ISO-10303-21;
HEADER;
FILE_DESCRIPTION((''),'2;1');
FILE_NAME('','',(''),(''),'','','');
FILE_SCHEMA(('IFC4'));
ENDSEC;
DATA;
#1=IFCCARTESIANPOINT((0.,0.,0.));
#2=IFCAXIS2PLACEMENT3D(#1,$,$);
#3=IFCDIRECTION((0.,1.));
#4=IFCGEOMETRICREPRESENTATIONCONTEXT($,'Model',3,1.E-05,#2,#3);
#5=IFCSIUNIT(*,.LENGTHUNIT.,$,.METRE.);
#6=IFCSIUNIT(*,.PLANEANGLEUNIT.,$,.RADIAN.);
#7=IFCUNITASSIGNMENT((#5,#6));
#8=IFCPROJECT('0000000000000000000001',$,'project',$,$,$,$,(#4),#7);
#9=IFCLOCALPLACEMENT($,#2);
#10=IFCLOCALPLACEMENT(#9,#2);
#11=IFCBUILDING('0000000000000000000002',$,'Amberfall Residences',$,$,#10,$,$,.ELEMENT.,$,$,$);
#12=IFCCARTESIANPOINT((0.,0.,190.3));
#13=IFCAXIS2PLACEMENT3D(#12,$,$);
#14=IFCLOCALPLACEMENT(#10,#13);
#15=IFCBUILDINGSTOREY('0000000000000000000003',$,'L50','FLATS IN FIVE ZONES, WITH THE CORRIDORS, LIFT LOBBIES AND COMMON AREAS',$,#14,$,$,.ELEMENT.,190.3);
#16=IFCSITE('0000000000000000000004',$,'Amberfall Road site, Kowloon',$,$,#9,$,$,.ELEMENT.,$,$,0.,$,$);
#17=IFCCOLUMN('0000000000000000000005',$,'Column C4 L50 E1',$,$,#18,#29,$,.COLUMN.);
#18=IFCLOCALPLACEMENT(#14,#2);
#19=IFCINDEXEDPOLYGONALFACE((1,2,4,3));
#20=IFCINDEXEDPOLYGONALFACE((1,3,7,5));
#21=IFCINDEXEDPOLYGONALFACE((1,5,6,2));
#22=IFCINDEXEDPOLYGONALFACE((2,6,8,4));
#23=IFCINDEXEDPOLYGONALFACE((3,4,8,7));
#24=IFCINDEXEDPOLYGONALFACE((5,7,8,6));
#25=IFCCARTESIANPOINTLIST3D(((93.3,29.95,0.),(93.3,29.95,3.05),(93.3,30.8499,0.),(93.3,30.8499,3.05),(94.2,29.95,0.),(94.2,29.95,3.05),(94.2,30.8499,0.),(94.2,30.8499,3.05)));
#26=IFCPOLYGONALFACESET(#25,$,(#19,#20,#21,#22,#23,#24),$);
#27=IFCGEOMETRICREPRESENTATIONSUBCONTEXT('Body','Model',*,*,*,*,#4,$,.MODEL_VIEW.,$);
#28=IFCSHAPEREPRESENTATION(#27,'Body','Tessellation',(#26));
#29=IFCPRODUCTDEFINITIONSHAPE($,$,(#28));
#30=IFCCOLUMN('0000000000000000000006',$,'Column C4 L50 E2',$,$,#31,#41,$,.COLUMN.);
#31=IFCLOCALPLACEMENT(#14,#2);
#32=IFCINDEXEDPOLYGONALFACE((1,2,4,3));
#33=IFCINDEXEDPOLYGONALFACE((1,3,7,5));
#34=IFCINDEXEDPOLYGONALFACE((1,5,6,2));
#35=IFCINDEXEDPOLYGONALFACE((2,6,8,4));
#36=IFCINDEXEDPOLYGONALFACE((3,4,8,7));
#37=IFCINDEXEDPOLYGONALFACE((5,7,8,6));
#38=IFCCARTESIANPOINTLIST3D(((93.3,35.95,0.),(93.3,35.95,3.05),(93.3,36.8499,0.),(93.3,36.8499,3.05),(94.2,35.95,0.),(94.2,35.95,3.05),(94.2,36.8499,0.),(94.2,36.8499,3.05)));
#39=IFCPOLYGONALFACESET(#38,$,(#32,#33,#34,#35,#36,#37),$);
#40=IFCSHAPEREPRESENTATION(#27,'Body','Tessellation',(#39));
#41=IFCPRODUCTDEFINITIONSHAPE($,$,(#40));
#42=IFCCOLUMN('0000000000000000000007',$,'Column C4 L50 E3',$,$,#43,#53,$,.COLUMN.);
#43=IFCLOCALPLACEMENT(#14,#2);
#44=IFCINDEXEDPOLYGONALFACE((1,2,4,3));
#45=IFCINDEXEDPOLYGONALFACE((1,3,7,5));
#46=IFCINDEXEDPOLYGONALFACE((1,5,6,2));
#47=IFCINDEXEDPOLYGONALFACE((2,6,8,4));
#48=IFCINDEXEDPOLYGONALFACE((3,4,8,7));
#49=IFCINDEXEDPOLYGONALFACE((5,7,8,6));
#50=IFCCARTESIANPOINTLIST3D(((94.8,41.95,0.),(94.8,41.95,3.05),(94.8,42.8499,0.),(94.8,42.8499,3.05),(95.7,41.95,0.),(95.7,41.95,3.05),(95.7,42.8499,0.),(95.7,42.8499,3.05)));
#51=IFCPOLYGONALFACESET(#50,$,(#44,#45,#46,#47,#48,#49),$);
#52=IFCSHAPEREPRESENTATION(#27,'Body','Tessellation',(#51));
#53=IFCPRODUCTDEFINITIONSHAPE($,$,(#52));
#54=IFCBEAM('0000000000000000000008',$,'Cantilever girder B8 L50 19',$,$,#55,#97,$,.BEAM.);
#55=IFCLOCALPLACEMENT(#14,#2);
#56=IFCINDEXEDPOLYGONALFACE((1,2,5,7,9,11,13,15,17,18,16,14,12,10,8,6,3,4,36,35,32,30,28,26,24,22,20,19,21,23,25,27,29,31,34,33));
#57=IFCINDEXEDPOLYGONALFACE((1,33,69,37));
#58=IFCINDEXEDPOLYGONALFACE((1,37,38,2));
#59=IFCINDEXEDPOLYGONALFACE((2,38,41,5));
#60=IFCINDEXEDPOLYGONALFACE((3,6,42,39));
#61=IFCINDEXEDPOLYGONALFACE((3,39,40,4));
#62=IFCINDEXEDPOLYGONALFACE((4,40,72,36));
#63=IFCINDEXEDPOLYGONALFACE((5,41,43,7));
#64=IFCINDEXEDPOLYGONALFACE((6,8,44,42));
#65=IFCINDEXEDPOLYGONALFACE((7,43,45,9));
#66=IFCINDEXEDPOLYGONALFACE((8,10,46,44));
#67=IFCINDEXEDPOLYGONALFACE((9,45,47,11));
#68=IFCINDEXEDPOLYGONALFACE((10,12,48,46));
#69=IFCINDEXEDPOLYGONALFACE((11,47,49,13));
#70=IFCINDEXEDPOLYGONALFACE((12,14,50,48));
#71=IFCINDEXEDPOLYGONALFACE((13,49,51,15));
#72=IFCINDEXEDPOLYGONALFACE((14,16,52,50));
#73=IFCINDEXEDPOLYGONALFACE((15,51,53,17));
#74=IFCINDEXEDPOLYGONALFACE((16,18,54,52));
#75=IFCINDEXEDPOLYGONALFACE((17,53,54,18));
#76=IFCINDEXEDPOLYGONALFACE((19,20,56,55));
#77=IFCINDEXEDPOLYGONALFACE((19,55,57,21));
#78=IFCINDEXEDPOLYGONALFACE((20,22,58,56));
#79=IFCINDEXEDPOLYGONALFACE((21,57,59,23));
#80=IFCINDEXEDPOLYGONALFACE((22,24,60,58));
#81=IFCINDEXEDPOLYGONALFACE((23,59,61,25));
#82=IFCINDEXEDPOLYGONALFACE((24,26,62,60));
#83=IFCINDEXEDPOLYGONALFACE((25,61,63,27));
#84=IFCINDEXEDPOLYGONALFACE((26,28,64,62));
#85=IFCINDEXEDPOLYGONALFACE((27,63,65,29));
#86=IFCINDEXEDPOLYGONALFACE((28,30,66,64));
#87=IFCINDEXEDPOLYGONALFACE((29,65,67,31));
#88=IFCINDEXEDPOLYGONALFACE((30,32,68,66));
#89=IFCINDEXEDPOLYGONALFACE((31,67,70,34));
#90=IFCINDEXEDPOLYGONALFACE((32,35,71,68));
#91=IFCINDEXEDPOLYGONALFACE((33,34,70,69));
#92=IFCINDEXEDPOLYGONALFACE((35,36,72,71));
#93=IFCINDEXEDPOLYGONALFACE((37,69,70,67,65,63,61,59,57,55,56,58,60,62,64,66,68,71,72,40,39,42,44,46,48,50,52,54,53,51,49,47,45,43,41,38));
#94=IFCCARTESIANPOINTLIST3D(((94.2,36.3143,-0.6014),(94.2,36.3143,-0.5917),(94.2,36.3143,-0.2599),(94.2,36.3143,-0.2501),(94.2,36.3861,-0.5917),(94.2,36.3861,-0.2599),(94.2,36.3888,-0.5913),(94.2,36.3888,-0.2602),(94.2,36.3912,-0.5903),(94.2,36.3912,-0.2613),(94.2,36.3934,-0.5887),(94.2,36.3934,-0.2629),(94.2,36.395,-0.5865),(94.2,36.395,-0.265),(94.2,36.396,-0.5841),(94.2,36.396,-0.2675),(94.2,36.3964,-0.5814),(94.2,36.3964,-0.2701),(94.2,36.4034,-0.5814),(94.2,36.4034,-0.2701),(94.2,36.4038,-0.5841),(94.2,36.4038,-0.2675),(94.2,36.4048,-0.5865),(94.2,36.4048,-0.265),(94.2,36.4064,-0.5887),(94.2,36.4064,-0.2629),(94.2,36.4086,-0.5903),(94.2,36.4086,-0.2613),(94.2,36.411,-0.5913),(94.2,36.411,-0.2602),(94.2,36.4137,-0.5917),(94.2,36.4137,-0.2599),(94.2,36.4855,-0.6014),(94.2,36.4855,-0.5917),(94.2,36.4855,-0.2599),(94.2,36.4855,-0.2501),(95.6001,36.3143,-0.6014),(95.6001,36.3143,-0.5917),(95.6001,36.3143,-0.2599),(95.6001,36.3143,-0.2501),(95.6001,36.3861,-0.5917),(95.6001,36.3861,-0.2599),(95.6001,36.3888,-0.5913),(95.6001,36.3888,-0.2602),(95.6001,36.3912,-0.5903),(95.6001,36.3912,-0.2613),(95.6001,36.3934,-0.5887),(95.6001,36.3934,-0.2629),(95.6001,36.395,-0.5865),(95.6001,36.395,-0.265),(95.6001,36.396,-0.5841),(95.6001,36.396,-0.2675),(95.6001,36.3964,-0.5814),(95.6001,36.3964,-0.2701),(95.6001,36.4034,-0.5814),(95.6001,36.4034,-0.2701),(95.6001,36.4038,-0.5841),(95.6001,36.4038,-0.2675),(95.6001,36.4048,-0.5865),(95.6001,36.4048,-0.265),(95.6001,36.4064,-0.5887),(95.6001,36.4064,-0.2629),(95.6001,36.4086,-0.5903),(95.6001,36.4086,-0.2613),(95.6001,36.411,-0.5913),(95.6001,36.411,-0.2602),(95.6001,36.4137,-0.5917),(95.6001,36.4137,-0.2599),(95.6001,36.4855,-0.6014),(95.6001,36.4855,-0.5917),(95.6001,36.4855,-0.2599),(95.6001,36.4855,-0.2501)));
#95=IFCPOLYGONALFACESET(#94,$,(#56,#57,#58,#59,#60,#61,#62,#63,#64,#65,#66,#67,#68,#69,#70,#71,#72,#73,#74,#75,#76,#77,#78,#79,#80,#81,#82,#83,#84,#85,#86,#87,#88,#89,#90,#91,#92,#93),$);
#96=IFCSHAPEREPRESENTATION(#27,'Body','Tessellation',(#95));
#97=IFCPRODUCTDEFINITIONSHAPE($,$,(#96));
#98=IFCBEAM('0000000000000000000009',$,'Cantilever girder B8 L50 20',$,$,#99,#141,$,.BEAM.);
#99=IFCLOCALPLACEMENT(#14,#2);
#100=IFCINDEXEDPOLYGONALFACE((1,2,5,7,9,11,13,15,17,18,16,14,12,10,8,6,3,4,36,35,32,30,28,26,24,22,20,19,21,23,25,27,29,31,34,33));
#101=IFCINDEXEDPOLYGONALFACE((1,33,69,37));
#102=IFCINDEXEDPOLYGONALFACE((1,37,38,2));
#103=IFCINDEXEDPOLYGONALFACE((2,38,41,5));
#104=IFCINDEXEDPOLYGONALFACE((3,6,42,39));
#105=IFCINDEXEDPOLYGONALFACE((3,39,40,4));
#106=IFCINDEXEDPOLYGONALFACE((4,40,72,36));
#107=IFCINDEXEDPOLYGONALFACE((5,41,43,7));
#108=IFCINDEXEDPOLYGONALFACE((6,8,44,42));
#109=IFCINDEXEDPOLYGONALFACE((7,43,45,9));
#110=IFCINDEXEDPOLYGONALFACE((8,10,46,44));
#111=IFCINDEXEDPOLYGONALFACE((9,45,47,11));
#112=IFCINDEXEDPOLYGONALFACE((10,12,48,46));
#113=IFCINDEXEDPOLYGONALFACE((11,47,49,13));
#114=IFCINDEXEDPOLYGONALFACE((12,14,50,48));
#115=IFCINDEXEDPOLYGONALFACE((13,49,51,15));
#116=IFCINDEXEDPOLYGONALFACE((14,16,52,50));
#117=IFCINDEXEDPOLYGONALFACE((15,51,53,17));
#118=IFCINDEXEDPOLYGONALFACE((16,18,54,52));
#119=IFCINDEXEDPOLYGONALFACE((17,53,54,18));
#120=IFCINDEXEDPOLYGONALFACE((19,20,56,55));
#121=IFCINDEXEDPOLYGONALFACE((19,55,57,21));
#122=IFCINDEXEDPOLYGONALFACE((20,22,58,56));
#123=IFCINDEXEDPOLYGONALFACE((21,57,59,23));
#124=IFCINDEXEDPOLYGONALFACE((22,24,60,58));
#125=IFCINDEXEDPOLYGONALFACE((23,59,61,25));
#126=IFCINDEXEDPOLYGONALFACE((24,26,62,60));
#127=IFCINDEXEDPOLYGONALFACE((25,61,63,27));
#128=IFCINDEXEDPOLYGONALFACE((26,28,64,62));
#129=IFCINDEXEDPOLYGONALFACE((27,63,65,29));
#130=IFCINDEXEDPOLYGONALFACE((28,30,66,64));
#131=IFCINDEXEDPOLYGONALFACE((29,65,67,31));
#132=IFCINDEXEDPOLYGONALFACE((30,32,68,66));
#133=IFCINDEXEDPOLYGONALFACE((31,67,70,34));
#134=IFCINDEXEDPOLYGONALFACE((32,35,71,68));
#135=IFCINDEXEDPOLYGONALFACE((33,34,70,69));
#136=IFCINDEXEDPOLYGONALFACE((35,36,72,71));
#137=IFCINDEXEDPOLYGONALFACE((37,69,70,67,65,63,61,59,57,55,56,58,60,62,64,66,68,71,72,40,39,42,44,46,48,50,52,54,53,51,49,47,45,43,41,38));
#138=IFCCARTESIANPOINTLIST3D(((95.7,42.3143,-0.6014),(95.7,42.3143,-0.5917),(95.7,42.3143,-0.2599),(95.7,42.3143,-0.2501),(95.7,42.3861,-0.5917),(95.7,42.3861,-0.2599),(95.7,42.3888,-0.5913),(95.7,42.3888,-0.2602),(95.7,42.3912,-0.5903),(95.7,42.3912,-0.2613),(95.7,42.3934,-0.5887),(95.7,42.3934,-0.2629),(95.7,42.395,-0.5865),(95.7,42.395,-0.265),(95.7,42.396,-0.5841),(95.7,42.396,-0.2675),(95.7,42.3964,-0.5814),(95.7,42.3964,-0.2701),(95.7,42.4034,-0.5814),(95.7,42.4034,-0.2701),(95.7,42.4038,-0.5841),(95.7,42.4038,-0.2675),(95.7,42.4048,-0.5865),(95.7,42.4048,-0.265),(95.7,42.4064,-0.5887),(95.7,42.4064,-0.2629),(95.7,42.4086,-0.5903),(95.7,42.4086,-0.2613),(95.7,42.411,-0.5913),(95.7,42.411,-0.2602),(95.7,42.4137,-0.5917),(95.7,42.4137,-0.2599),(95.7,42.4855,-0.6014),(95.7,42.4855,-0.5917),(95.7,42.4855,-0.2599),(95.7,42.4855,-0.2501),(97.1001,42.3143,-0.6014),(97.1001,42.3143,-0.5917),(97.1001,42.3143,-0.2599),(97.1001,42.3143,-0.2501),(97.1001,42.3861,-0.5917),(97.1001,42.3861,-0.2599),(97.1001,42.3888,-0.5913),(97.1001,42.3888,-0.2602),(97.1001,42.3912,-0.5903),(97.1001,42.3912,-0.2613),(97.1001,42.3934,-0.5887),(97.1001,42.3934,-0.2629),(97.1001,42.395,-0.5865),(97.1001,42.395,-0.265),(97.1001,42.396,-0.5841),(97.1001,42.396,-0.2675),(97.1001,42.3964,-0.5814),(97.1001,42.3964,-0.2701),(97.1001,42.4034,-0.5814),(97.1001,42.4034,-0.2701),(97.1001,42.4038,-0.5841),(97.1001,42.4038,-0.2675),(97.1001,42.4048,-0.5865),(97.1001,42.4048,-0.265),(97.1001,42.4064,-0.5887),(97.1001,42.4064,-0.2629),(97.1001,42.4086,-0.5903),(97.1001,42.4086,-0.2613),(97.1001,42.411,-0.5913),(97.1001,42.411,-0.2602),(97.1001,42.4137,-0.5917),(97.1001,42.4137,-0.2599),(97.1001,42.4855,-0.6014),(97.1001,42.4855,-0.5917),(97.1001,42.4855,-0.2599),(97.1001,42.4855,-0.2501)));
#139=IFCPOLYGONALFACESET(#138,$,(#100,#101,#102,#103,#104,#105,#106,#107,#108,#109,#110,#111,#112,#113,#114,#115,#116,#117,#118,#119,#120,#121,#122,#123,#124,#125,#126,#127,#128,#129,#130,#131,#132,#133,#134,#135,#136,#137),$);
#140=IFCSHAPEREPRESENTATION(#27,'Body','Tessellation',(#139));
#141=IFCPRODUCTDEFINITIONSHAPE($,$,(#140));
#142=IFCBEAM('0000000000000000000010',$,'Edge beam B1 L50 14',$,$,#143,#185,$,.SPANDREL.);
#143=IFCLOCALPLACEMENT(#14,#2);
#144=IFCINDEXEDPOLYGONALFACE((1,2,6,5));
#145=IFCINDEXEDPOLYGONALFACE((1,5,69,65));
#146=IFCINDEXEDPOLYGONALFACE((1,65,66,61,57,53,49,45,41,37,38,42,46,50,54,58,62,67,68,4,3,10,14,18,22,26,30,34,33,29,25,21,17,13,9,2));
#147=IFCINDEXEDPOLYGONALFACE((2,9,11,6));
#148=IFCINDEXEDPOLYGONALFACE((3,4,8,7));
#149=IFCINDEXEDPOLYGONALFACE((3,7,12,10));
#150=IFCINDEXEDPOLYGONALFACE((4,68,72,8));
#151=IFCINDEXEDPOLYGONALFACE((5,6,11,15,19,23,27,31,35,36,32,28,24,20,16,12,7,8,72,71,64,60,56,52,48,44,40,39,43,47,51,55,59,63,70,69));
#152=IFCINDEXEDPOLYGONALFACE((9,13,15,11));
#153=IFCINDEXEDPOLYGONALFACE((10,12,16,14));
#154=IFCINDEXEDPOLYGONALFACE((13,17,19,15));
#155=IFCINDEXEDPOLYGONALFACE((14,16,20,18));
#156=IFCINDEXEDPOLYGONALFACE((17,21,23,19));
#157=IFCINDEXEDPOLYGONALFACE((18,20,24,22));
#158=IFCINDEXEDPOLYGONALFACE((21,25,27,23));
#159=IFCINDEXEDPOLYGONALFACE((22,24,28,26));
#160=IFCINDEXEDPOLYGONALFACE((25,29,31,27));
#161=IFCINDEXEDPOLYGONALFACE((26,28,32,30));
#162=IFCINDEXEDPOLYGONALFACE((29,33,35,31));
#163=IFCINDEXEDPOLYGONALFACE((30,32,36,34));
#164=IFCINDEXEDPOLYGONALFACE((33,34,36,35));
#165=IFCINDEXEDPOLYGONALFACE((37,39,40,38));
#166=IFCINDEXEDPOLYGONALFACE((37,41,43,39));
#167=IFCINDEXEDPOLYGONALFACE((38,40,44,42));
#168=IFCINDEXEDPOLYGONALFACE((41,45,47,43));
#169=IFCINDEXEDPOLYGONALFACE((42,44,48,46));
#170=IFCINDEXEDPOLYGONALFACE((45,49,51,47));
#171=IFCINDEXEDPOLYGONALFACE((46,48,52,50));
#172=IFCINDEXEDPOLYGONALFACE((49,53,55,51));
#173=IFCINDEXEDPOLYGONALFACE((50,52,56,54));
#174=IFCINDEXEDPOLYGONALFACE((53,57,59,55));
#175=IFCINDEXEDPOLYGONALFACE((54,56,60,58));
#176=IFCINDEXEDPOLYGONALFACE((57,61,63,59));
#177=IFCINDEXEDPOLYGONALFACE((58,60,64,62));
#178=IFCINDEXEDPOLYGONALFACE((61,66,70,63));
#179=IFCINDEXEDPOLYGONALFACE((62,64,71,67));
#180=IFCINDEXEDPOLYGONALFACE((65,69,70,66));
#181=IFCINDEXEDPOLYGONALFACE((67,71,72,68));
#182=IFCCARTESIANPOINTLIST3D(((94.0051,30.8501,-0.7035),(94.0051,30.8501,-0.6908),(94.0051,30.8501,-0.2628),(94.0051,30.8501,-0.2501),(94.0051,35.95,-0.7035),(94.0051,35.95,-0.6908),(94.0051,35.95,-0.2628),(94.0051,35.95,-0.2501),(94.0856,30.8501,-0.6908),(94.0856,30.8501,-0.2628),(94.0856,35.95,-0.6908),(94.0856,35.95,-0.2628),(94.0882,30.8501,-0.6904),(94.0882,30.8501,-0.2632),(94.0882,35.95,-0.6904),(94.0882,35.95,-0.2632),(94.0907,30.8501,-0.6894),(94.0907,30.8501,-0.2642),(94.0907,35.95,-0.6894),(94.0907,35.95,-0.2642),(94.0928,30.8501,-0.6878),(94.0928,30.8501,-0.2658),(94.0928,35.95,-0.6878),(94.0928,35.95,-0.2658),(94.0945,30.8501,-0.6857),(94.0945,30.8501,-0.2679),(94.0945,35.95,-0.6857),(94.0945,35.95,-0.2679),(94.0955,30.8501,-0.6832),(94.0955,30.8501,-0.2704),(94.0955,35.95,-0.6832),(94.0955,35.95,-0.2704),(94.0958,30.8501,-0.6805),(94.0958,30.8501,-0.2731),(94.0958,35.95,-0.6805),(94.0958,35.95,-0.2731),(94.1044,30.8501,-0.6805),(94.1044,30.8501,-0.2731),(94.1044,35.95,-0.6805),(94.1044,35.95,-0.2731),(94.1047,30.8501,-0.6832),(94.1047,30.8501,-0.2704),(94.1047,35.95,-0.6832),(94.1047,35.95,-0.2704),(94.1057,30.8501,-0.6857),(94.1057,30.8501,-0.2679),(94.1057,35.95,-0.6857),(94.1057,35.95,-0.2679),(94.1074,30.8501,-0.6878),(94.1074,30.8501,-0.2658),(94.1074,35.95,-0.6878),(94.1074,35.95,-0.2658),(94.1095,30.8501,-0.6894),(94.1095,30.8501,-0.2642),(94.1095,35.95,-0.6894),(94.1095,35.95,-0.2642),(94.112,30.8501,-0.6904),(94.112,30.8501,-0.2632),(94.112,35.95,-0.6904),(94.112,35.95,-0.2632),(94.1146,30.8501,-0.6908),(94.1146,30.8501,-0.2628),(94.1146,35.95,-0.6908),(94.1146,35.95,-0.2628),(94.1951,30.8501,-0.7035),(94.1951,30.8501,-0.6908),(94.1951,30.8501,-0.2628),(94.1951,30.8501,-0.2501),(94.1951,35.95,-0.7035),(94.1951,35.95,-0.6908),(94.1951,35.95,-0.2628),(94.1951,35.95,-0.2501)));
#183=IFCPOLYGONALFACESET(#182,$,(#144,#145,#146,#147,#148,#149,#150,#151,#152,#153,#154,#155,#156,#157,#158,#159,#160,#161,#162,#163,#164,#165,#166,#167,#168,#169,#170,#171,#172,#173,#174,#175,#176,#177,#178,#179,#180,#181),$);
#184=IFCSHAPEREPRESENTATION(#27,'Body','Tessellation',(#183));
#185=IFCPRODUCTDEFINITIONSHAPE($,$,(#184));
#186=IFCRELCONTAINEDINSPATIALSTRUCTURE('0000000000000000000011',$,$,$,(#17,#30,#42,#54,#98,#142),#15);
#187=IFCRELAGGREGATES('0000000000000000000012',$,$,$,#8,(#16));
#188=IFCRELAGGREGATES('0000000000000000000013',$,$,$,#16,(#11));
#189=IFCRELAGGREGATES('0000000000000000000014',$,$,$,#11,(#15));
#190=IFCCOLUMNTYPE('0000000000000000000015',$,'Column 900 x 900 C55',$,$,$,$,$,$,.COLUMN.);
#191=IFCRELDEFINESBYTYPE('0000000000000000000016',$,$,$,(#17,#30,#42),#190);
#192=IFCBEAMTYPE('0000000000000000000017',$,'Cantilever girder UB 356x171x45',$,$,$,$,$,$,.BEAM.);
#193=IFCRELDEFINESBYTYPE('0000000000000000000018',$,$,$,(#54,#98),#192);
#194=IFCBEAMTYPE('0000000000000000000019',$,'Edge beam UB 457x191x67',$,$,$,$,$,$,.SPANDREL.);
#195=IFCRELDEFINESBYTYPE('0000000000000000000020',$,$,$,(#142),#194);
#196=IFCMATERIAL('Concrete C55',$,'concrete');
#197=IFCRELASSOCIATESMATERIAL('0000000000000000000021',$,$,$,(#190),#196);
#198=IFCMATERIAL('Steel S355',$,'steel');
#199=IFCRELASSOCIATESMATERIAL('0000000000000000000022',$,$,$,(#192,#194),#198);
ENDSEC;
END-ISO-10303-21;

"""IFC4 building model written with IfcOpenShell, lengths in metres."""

from ifc_helpers import new_model, si_unit, direction, frame, origin, origin_2d, place, context, subcontext, project, spatial, rectangle, i_section, extrude, material, material_profile, profile_set, type_object, element, save


model = new_model("IFC4")

# Units and contexts
model_context = context("Model", 3, precision=1e-05, world=origin(), true_north=direction((0.0, 1.0)))
body_context = subcontext(model_context, "Body", "Model", "MODEL_VIEW")
ifc_project = project(units=[si_unit("LENGTHUNIT", "METRE"), si_unit("PLANEANGLEUNIT", "RADIAN")], contexts=[model_context])

# Site, building, storey
site_placement = place(None, origin())
site = spatial("IfcSite", under=ifc_project, at=site_placement, Name="Amberfall Road site, Kowloon", CompositionType="ELEMENT", RefElevation=0.0)
building_placement = place(site_placement, origin())
building = spatial("IfcBuilding", under=site, at=building_placement, Name="Amberfall Residences", CompositionType="ELEMENT")
storey_placement = place(building_placement, frame((0.0, 0.0, 190.3)))
storey = spatial("IfcBuildingStorey", under=building, at=storey_placement, Name="L50", Description="FLATS IN FIVE ZONES, WITH THE CORRIDORS, LIFT LOBBIES AND COMMON AREAS", CompositionType="ELEMENT", Elevation=190.3)

# Columns
ifc_material_1 = material(Name="Concrete C55", Category="concrete")
ifc_material_profile_1 = material_profile(ifc_material_1, rectangle(XDim=0.8999, YDim=0.8999, at=origin_2d()), Name="Column 900 x 900 C55")
ifc_profile_set_1 = profile_set([ifc_material_profile_1], Name="Concrete C55")
column_type = type_object("IfcColumnType", Name="Column 900 x 900 C55", PredefinedType="COLUMN", material=ifc_profile_set_1)
for number, where, z_axis, x_axis, name in (
    (1, (93.75, 30.3999, 0.0), (0.0, 0.0, 1.0), (1.0, 0.0, 0.0), "Column C4 L50 E1"),
    (2, (93.75, 36.3999, 0.0), (0.0, 0.0, 1.0), (1.0, 0.0, 0.0), "Column C4 L50 E2"),
    (3, (95.25, 42.3999, 0.0), (0.0, 0.0, 1.0), (1.0, 0.0, 0.0), "Column C4 L50 E3"),
):
    element("IfcColumn", number, at=place(storey_placement, frame(where, z_axis=z_axis, x_axis=x_axis)), inside=storey, type_object=column_type, Name=name, PredefinedType="COLUMN", context=body_context, shape_type="SweptSolid", body=[
        extrude(rectangle(XDim=0.8999, YDim=0.8999, at=origin_2d()), origin(), (0.0, 0.0, 1.0), 3.05),
    ])

# Beams
ifc_material_2 = material(Name="Steel S355", Category="steel")
ifc_material_profile_2 = material_profile(ifc_material_2, i_section(OverallWidth=0.1711, OverallDepth=0.3513, WebThickness=0.0071, FlangeThickness=0.0098, FilletRadius=0.0103, at=origin_2d()), Name="UB 356x171x45")
ifc_profile_set_2 = profile_set([ifc_material_profile_2], Name="Steel S355")
beam_type_1 = type_object("IfcBeamType", Name="Cantilever girder UB 356x171x45", PredefinedType="BEAM", material=ifc_profile_set_2)
for number, where, z_axis, x_axis, name in (
    (4, (94.2, 36.3999, -0.4258), (1.0, 0.0, 0.0), (0.0, 1.0, 0.0), "Cantilever girder B8 L50 19"),
    (5, (95.7, 42.3999, -0.4258), (1.0, 0.0, 0.0), (0.0, 1.0, 0.0), "Cantilever girder B8 L50 20"),
):
    element("IfcBeam", number, at=place(storey_placement, frame(where, z_axis=z_axis, x_axis=x_axis)), inside=storey, type_object=beam_type_1, Name=name, PredefinedType="BEAM", context=body_context, shape_type="SweptSolid", body=[
        extrude(i_section(OverallWidth=0.1711, OverallDepth=0.3513, WebThickness=0.0071, FlangeThickness=0.0098, FilletRadius=0.0103, at=origin_2d()), origin(), (0.0, 0.0, 1.0), 1.4001),
    ])
ifc_material_profile_3 = material_profile(ifc_material_2, i_section(OverallWidth=0.1899, OverallDepth=0.4534, WebThickness=0.0085, FlangeThickness=0.0127, FilletRadius=0.0103, at=origin_2d()), Name="UB 457x191x67")
ifc_profile_set_3 = profile_set([ifc_material_profile_3], Name="Steel S355")
beam_type_2 = type_object("IfcBeamType", Name="Edge beam UB 457x191x67", PredefinedType="SPANDREL", material=ifc_profile_set_3)
beam_1_placement = place(storey_placement, frame((94.1001, 30.8501, -0.4768), z_axis=(0.0, 1.0, 0.0), x_axis=(-1.0, 0.0, 0.0)))
element("IfcBeam", 6, at=beam_1_placement, inside=storey, type_object=beam_type_2, Name="Edge beam B1 L50 14", PredefinedType="SPANDREL", context=body_context, shape_type="SweptSolid", body=[
    extrude(i_section(OverallWidth=0.1899, OverallDepth=0.4534, WebThickness=0.0085, FlangeThickness=0.0127, FilletRadius=0.0103, at=origin_2d()), origin(), (0.0, 0.0, 1.0), 5.0999),
])

save(model, "model.ifc")
